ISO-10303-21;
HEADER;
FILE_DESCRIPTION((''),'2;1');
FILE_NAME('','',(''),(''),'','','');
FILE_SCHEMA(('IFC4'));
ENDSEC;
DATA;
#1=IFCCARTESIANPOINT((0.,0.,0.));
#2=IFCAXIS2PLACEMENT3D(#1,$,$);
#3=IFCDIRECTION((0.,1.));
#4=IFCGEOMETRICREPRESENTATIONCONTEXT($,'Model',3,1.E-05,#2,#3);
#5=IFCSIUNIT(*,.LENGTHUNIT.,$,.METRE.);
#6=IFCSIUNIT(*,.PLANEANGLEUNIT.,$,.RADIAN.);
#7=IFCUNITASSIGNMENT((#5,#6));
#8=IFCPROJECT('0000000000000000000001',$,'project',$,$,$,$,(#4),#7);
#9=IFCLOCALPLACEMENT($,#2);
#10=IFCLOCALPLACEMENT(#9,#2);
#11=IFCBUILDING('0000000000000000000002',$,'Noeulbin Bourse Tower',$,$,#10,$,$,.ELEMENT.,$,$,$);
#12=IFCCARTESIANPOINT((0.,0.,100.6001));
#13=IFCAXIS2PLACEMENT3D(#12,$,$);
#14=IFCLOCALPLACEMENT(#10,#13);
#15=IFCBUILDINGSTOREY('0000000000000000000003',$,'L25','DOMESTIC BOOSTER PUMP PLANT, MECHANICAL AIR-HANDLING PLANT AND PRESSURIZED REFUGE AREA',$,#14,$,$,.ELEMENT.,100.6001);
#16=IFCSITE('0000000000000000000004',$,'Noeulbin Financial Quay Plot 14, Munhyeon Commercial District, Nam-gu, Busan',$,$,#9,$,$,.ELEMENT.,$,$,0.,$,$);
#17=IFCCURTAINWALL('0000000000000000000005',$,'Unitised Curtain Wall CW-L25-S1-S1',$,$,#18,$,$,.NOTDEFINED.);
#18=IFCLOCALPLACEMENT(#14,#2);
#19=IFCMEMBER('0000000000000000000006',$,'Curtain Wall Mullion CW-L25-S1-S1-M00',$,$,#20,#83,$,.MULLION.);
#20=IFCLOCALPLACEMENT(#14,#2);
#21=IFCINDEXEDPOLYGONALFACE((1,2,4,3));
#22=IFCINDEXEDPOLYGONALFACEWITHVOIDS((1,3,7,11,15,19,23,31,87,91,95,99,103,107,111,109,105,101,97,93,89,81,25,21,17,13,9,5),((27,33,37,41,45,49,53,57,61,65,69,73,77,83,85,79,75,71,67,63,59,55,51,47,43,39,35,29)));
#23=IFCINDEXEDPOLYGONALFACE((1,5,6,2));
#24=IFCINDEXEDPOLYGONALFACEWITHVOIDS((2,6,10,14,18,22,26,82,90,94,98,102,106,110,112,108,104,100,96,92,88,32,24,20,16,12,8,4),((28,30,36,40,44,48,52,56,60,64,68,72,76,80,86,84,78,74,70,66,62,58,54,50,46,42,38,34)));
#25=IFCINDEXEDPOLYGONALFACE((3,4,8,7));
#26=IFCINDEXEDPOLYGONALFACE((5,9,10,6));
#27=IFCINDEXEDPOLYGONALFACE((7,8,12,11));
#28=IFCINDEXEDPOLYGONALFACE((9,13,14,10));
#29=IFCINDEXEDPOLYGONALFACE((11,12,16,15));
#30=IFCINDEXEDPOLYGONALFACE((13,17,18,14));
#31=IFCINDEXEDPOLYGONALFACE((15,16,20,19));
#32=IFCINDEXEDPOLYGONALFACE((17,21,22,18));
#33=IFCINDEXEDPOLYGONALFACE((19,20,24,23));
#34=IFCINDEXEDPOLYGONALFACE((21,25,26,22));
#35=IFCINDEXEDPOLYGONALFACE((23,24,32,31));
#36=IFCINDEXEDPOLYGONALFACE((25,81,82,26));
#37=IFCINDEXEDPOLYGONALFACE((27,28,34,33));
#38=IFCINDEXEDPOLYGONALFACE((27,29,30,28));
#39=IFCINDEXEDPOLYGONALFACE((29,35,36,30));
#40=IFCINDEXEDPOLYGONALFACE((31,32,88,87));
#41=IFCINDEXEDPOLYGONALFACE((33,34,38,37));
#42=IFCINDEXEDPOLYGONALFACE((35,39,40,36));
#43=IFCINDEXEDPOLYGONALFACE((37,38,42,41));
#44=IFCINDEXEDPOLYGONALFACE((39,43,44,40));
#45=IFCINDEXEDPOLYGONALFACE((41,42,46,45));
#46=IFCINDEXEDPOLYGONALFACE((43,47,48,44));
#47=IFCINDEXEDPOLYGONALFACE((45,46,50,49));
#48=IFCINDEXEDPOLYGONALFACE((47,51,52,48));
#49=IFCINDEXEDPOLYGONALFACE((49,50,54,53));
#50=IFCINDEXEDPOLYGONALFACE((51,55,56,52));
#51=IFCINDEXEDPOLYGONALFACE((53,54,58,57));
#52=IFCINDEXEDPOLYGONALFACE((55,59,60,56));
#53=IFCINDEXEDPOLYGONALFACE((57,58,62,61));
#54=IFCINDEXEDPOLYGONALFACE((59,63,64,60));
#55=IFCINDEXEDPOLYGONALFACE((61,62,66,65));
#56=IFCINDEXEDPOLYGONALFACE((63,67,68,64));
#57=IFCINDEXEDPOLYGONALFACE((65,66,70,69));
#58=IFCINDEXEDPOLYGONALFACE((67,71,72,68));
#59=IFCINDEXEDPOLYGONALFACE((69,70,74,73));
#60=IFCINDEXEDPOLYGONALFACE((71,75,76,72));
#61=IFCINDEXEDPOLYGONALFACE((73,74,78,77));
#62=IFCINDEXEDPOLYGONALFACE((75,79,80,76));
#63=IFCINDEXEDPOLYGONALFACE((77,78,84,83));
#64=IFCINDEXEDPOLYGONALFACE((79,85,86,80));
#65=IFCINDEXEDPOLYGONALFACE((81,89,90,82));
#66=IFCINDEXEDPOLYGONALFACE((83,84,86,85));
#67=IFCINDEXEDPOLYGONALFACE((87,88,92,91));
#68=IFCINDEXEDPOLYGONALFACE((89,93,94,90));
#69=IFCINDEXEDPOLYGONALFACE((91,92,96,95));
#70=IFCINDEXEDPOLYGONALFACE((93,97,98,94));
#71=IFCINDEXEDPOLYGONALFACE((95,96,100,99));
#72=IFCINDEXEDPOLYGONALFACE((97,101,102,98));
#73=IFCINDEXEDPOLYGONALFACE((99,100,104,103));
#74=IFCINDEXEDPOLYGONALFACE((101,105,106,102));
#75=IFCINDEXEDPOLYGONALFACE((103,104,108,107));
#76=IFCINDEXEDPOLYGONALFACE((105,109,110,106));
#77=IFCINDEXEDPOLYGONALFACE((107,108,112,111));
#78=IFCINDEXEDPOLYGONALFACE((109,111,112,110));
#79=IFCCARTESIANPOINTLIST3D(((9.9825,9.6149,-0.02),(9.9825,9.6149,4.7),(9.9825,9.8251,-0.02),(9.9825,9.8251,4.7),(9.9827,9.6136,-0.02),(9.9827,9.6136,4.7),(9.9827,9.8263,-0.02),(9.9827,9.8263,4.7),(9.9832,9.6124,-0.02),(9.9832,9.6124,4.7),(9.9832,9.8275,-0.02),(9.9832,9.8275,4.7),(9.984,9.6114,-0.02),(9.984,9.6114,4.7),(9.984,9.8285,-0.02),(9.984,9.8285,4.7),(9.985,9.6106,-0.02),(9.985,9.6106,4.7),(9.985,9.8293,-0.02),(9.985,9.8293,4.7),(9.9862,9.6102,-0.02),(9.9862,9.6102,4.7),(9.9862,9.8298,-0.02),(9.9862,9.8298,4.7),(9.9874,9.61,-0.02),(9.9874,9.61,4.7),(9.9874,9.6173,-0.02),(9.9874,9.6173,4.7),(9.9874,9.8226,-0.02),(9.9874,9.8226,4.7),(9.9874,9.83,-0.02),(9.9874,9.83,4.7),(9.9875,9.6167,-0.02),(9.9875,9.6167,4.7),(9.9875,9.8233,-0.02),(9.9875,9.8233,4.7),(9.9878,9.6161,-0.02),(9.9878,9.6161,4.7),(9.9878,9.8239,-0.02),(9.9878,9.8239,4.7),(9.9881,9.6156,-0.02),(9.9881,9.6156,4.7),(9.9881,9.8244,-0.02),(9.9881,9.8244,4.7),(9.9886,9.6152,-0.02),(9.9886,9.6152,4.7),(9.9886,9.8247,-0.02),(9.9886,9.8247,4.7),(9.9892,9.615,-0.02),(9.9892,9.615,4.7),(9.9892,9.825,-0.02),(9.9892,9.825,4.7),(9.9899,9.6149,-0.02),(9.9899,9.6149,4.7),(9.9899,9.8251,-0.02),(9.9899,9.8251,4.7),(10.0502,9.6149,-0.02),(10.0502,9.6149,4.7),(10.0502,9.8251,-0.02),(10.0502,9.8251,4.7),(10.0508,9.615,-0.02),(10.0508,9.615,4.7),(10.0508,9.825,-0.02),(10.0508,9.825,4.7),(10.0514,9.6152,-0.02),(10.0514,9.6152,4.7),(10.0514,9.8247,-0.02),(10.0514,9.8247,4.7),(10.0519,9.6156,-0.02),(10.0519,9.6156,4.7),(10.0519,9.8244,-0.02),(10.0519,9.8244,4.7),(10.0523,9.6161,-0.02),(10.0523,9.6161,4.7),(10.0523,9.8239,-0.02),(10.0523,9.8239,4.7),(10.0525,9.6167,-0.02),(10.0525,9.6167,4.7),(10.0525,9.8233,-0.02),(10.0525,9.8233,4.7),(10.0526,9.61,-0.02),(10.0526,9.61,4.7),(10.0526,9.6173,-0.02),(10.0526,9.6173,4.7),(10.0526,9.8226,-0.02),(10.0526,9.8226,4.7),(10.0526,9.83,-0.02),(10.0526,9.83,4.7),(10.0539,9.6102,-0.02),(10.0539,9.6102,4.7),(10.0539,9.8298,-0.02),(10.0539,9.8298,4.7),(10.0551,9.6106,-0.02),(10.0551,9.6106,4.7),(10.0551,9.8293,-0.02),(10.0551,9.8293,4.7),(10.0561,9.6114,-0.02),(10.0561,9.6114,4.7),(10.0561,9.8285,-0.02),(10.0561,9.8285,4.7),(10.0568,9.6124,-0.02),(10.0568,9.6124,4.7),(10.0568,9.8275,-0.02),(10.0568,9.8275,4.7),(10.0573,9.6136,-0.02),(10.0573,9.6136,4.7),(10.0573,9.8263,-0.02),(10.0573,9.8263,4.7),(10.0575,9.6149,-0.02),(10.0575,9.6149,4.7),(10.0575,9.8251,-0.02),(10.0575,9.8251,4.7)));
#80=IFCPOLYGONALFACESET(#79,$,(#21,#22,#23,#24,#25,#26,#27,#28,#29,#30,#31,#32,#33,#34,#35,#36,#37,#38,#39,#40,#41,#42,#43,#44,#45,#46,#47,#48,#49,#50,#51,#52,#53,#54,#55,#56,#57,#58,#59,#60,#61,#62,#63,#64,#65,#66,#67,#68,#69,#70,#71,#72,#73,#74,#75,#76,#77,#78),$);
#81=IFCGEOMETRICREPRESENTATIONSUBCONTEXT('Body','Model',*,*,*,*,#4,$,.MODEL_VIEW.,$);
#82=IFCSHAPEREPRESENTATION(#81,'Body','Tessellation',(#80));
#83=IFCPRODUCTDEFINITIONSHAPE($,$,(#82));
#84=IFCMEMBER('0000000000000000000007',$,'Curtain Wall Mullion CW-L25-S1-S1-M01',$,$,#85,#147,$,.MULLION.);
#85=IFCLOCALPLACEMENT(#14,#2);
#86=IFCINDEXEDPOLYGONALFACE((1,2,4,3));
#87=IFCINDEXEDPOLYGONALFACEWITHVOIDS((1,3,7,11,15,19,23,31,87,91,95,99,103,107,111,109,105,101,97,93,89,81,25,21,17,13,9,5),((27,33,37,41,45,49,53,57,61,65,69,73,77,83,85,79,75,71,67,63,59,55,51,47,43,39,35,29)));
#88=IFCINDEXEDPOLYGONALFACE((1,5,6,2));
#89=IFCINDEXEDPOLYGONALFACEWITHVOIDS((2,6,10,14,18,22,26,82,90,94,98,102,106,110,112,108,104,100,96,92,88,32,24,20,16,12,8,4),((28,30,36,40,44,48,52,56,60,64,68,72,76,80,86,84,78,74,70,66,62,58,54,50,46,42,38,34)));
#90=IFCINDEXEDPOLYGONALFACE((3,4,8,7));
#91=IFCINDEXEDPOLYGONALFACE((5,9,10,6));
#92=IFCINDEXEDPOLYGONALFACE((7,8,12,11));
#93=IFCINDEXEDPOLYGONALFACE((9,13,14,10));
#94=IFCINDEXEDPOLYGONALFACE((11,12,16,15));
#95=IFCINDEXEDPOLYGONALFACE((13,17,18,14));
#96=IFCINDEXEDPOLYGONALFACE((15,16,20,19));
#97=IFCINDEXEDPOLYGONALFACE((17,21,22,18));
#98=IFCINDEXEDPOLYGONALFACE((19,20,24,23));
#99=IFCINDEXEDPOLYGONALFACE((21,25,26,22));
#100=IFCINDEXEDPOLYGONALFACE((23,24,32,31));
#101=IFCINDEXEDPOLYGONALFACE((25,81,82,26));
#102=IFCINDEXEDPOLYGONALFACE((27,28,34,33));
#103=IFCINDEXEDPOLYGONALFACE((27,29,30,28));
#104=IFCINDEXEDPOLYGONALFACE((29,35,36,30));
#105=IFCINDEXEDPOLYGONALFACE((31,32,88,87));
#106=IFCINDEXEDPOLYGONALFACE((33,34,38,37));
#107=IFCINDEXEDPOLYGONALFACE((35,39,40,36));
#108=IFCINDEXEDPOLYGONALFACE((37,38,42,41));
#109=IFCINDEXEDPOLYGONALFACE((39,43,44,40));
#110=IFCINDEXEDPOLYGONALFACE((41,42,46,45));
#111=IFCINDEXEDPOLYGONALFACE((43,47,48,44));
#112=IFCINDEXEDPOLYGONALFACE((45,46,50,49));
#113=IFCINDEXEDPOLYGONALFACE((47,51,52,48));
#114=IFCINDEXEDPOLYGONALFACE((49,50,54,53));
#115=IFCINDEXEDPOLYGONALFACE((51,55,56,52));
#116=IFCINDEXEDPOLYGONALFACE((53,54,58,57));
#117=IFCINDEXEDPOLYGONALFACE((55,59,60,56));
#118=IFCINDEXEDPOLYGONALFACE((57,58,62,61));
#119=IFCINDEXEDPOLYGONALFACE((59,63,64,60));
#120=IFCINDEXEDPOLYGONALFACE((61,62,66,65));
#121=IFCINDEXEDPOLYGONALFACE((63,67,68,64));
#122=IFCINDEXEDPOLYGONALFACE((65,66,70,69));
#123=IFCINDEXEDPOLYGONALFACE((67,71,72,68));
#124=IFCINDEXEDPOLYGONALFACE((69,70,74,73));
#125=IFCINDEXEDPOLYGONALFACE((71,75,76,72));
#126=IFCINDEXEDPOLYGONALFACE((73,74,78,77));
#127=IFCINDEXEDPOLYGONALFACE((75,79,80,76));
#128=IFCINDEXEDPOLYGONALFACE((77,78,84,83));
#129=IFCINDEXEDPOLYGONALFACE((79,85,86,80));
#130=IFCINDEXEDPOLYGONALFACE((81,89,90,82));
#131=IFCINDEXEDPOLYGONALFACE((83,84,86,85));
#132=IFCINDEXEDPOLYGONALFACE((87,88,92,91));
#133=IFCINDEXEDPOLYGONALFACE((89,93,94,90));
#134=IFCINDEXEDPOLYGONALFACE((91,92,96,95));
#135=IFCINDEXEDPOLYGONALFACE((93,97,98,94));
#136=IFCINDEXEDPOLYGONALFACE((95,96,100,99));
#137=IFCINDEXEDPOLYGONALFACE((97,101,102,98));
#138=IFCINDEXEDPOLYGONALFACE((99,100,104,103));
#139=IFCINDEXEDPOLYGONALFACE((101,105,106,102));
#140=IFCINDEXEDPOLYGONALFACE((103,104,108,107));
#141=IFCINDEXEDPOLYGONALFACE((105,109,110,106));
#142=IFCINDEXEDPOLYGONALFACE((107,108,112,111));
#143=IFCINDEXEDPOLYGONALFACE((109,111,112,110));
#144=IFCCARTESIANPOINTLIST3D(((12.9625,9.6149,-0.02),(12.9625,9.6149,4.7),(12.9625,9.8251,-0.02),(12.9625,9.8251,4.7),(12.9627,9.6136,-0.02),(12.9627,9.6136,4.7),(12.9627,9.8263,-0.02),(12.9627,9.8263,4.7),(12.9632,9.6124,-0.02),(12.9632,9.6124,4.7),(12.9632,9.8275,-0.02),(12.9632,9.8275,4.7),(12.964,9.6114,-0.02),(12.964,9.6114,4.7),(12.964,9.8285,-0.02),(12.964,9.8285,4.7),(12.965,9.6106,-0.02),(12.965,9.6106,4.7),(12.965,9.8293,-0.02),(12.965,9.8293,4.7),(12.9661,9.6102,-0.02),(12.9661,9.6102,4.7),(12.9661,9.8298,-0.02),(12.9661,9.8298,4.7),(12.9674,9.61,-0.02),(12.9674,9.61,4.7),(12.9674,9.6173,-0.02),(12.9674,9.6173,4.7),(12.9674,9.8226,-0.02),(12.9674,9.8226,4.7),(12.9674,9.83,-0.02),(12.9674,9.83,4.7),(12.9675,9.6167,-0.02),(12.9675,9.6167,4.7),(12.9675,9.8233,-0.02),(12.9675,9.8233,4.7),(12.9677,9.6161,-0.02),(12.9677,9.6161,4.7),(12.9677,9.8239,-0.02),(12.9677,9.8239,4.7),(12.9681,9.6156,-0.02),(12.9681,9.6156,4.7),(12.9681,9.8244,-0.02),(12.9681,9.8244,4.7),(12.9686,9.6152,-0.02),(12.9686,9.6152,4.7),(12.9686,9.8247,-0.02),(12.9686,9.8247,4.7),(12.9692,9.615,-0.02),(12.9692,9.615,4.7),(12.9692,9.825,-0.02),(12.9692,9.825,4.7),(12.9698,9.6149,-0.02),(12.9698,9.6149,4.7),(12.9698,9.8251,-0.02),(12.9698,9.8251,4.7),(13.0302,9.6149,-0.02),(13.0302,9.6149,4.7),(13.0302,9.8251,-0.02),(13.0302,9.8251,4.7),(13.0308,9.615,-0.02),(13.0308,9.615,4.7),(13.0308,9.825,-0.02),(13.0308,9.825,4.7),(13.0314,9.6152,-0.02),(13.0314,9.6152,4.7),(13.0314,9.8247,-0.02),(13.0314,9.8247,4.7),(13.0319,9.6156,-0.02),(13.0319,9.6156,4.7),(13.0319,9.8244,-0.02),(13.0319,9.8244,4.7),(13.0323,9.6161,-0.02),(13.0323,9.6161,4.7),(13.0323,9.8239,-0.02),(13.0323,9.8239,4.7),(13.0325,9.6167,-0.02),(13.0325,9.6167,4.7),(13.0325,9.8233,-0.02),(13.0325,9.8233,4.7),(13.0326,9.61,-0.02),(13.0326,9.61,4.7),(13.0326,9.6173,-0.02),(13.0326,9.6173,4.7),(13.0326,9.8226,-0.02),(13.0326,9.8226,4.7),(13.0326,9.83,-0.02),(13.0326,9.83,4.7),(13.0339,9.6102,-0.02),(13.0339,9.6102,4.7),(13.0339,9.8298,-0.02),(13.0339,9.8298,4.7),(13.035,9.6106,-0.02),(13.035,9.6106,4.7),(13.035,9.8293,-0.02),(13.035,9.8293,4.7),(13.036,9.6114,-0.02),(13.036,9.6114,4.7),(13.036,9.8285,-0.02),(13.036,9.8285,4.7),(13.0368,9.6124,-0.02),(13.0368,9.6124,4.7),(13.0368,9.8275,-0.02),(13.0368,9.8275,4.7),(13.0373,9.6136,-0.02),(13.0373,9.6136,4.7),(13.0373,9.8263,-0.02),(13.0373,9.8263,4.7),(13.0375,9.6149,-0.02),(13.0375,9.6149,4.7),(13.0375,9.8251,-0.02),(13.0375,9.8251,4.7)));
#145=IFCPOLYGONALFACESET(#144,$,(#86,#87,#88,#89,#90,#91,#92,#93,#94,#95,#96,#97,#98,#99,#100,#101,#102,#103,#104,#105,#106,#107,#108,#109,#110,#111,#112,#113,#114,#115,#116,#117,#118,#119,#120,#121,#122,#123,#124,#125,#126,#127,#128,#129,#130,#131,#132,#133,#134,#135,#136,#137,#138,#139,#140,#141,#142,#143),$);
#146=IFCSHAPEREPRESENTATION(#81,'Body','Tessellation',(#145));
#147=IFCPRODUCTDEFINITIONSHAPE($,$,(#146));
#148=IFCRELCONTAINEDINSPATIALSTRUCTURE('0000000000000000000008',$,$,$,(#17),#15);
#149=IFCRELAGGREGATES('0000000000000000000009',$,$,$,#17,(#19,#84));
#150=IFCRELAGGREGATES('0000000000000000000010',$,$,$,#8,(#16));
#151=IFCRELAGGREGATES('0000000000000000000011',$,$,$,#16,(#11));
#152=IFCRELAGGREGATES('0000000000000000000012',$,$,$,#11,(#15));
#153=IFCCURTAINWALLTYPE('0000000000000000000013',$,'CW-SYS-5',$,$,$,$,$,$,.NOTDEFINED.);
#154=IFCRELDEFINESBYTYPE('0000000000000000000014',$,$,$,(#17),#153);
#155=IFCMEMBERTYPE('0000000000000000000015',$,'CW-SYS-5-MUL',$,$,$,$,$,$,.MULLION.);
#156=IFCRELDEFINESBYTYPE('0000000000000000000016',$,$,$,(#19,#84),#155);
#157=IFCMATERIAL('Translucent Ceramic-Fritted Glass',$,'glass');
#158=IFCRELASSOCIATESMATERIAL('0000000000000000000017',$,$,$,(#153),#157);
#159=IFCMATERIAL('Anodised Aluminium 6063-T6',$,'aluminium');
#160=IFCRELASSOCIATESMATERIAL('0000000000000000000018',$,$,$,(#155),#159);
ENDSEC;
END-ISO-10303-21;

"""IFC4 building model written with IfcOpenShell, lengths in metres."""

from ifc_helpers import new_model, si_unit, direction, frame, origin, origin_2d, place, context, subcontext, project, spatial, hollow_rectangle, extrude, material, material_profile, profile_set, type_object, element, aggregate, save


model = new_model("IFC4")

# Units and contexts
model_context = context("Model", 3, precision=1e-05, world=origin(), true_north=direction((0.0, 1.0)))
body_context = subcontext(model_context, "Body", "Model", "MODEL_VIEW")
ifc_project = project(units=[si_unit("LENGTHUNIT", "METRE"), si_unit("PLANEANGLEUNIT", "RADIAN")], contexts=[model_context])

# Site, building, storey
site_placement = place(None, origin())
site = spatial("IfcSite", under=ifc_project, at=site_placement, Name="Noeulbin Financial Quay Plot 14, Munhyeon Commercial District, Nam-gu, Busan", CompositionType="ELEMENT", RefElevation=0.0)
building_placement = place(site_placement, origin())
building = spatial("IfcBuilding", under=site, at=building_placement, Name="Noeulbin Bourse Tower", CompositionType="ELEMENT")
storey_placement = place(building_placement, frame((0.0, 0.0, 100.6001)))
storey = spatial("IfcBuildingStorey", under=building, at=storey_placement, Name="L25", Description="DOMESTIC BOOSTER PUMP PLANT, MECHANICAL AIR-HANDLING PLANT AND PRESSURIZED REFUGE AREA", CompositionType="ELEMENT", Elevation=100.6001)

# Curtain wall, members
ifc_material_1 = material(Name="Translucent Ceramic-Fritted Glass", Category="glass")
curtain_wall_type = type_object("IfcCurtainWallType", Name="CW-SYS-5", PredefinedType="NOTDEFINED", material=ifc_material_1)
curtain_wall_1_placement = place(storey_placement, origin())
curtain_wall_1 = element("IfcCurtainWall", 1, at=curtain_wall_1_placement, inside=storey, type_object=curtain_wall_type, Name="Unitised Curtain Wall CW-L25-S1-S1", PredefinedType="NOTDEFINED")
ifc_material_2 = material(Name="Anodised Aluminium 6063-T6", Category="aluminium")
ifc_material_profile_1 = material_profile(ifc_material_2, hollow_rectangle(XDim=0.075, YDim=0.22, WallThickness=0.0049, InnerFilletRadius=0.0024, OuterFilletRadius=0.0049, at=origin_2d()), Name="ALU-MULL-75x220x5", Category="LoadBearing")
ifc_profile_set_1 = profile_set([ifc_material_profile_1], Name="Anodised Aluminium 6063-T6")
member_type_1 = type_object("IfcMemberType", Name="CW-SYS-5-MUL", PredefinedType="MULLION", material=ifc_profile_set_1)
member_1_placement = place(storey_placement, frame((10.02, 9.72, -0.02), z_axis=(0.0, 0.0, 1.0), x_axis=(1.0, 0.0, 0.0)))
member_1 = element("IfcMember", 2, at=member_1_placement, type_object=member_type_1, Name="Curtain Wall Mullion CW-L25-S1-S1-M00", PredefinedType="MULLION", context=body_context, shape_type="SweptSolid", body=[
    extrude(hollow_rectangle(XDim=0.075, YDim=0.22, WallThickness=0.0049, InnerFilletRadius=0.0024, OuterFilletRadius=0.0049, at=origin_2d()), origin(), (0.0, 0.0, 1.0), 4.72),
])
member_2_placement = place(storey_placement, frame((13.0, 9.72, -0.02), z_axis=(0.0, 0.0, 1.0), x_axis=(1.0, 0.0, 0.0)))
member_2 = element("IfcMember", 3, at=member_2_placement, type_object=member_type_1, Name="Curtain Wall Mullion CW-L25-S1-S1-M01", PredefinedType="MULLION", context=body_context, shape_type="SweptSolid", body=[
    extrude(hollow_rectangle(XDim=0.075, YDim=0.22, WallThickness=0.0049, InnerFilletRadius=0.0024, OuterFilletRadius=0.0049, at=origin_2d()), origin(), (0.0, 0.0, 1.0), 4.72),
])

aggregate(curtain_wall_1, [member_1, member_2])

save(model, "model.ifc")
